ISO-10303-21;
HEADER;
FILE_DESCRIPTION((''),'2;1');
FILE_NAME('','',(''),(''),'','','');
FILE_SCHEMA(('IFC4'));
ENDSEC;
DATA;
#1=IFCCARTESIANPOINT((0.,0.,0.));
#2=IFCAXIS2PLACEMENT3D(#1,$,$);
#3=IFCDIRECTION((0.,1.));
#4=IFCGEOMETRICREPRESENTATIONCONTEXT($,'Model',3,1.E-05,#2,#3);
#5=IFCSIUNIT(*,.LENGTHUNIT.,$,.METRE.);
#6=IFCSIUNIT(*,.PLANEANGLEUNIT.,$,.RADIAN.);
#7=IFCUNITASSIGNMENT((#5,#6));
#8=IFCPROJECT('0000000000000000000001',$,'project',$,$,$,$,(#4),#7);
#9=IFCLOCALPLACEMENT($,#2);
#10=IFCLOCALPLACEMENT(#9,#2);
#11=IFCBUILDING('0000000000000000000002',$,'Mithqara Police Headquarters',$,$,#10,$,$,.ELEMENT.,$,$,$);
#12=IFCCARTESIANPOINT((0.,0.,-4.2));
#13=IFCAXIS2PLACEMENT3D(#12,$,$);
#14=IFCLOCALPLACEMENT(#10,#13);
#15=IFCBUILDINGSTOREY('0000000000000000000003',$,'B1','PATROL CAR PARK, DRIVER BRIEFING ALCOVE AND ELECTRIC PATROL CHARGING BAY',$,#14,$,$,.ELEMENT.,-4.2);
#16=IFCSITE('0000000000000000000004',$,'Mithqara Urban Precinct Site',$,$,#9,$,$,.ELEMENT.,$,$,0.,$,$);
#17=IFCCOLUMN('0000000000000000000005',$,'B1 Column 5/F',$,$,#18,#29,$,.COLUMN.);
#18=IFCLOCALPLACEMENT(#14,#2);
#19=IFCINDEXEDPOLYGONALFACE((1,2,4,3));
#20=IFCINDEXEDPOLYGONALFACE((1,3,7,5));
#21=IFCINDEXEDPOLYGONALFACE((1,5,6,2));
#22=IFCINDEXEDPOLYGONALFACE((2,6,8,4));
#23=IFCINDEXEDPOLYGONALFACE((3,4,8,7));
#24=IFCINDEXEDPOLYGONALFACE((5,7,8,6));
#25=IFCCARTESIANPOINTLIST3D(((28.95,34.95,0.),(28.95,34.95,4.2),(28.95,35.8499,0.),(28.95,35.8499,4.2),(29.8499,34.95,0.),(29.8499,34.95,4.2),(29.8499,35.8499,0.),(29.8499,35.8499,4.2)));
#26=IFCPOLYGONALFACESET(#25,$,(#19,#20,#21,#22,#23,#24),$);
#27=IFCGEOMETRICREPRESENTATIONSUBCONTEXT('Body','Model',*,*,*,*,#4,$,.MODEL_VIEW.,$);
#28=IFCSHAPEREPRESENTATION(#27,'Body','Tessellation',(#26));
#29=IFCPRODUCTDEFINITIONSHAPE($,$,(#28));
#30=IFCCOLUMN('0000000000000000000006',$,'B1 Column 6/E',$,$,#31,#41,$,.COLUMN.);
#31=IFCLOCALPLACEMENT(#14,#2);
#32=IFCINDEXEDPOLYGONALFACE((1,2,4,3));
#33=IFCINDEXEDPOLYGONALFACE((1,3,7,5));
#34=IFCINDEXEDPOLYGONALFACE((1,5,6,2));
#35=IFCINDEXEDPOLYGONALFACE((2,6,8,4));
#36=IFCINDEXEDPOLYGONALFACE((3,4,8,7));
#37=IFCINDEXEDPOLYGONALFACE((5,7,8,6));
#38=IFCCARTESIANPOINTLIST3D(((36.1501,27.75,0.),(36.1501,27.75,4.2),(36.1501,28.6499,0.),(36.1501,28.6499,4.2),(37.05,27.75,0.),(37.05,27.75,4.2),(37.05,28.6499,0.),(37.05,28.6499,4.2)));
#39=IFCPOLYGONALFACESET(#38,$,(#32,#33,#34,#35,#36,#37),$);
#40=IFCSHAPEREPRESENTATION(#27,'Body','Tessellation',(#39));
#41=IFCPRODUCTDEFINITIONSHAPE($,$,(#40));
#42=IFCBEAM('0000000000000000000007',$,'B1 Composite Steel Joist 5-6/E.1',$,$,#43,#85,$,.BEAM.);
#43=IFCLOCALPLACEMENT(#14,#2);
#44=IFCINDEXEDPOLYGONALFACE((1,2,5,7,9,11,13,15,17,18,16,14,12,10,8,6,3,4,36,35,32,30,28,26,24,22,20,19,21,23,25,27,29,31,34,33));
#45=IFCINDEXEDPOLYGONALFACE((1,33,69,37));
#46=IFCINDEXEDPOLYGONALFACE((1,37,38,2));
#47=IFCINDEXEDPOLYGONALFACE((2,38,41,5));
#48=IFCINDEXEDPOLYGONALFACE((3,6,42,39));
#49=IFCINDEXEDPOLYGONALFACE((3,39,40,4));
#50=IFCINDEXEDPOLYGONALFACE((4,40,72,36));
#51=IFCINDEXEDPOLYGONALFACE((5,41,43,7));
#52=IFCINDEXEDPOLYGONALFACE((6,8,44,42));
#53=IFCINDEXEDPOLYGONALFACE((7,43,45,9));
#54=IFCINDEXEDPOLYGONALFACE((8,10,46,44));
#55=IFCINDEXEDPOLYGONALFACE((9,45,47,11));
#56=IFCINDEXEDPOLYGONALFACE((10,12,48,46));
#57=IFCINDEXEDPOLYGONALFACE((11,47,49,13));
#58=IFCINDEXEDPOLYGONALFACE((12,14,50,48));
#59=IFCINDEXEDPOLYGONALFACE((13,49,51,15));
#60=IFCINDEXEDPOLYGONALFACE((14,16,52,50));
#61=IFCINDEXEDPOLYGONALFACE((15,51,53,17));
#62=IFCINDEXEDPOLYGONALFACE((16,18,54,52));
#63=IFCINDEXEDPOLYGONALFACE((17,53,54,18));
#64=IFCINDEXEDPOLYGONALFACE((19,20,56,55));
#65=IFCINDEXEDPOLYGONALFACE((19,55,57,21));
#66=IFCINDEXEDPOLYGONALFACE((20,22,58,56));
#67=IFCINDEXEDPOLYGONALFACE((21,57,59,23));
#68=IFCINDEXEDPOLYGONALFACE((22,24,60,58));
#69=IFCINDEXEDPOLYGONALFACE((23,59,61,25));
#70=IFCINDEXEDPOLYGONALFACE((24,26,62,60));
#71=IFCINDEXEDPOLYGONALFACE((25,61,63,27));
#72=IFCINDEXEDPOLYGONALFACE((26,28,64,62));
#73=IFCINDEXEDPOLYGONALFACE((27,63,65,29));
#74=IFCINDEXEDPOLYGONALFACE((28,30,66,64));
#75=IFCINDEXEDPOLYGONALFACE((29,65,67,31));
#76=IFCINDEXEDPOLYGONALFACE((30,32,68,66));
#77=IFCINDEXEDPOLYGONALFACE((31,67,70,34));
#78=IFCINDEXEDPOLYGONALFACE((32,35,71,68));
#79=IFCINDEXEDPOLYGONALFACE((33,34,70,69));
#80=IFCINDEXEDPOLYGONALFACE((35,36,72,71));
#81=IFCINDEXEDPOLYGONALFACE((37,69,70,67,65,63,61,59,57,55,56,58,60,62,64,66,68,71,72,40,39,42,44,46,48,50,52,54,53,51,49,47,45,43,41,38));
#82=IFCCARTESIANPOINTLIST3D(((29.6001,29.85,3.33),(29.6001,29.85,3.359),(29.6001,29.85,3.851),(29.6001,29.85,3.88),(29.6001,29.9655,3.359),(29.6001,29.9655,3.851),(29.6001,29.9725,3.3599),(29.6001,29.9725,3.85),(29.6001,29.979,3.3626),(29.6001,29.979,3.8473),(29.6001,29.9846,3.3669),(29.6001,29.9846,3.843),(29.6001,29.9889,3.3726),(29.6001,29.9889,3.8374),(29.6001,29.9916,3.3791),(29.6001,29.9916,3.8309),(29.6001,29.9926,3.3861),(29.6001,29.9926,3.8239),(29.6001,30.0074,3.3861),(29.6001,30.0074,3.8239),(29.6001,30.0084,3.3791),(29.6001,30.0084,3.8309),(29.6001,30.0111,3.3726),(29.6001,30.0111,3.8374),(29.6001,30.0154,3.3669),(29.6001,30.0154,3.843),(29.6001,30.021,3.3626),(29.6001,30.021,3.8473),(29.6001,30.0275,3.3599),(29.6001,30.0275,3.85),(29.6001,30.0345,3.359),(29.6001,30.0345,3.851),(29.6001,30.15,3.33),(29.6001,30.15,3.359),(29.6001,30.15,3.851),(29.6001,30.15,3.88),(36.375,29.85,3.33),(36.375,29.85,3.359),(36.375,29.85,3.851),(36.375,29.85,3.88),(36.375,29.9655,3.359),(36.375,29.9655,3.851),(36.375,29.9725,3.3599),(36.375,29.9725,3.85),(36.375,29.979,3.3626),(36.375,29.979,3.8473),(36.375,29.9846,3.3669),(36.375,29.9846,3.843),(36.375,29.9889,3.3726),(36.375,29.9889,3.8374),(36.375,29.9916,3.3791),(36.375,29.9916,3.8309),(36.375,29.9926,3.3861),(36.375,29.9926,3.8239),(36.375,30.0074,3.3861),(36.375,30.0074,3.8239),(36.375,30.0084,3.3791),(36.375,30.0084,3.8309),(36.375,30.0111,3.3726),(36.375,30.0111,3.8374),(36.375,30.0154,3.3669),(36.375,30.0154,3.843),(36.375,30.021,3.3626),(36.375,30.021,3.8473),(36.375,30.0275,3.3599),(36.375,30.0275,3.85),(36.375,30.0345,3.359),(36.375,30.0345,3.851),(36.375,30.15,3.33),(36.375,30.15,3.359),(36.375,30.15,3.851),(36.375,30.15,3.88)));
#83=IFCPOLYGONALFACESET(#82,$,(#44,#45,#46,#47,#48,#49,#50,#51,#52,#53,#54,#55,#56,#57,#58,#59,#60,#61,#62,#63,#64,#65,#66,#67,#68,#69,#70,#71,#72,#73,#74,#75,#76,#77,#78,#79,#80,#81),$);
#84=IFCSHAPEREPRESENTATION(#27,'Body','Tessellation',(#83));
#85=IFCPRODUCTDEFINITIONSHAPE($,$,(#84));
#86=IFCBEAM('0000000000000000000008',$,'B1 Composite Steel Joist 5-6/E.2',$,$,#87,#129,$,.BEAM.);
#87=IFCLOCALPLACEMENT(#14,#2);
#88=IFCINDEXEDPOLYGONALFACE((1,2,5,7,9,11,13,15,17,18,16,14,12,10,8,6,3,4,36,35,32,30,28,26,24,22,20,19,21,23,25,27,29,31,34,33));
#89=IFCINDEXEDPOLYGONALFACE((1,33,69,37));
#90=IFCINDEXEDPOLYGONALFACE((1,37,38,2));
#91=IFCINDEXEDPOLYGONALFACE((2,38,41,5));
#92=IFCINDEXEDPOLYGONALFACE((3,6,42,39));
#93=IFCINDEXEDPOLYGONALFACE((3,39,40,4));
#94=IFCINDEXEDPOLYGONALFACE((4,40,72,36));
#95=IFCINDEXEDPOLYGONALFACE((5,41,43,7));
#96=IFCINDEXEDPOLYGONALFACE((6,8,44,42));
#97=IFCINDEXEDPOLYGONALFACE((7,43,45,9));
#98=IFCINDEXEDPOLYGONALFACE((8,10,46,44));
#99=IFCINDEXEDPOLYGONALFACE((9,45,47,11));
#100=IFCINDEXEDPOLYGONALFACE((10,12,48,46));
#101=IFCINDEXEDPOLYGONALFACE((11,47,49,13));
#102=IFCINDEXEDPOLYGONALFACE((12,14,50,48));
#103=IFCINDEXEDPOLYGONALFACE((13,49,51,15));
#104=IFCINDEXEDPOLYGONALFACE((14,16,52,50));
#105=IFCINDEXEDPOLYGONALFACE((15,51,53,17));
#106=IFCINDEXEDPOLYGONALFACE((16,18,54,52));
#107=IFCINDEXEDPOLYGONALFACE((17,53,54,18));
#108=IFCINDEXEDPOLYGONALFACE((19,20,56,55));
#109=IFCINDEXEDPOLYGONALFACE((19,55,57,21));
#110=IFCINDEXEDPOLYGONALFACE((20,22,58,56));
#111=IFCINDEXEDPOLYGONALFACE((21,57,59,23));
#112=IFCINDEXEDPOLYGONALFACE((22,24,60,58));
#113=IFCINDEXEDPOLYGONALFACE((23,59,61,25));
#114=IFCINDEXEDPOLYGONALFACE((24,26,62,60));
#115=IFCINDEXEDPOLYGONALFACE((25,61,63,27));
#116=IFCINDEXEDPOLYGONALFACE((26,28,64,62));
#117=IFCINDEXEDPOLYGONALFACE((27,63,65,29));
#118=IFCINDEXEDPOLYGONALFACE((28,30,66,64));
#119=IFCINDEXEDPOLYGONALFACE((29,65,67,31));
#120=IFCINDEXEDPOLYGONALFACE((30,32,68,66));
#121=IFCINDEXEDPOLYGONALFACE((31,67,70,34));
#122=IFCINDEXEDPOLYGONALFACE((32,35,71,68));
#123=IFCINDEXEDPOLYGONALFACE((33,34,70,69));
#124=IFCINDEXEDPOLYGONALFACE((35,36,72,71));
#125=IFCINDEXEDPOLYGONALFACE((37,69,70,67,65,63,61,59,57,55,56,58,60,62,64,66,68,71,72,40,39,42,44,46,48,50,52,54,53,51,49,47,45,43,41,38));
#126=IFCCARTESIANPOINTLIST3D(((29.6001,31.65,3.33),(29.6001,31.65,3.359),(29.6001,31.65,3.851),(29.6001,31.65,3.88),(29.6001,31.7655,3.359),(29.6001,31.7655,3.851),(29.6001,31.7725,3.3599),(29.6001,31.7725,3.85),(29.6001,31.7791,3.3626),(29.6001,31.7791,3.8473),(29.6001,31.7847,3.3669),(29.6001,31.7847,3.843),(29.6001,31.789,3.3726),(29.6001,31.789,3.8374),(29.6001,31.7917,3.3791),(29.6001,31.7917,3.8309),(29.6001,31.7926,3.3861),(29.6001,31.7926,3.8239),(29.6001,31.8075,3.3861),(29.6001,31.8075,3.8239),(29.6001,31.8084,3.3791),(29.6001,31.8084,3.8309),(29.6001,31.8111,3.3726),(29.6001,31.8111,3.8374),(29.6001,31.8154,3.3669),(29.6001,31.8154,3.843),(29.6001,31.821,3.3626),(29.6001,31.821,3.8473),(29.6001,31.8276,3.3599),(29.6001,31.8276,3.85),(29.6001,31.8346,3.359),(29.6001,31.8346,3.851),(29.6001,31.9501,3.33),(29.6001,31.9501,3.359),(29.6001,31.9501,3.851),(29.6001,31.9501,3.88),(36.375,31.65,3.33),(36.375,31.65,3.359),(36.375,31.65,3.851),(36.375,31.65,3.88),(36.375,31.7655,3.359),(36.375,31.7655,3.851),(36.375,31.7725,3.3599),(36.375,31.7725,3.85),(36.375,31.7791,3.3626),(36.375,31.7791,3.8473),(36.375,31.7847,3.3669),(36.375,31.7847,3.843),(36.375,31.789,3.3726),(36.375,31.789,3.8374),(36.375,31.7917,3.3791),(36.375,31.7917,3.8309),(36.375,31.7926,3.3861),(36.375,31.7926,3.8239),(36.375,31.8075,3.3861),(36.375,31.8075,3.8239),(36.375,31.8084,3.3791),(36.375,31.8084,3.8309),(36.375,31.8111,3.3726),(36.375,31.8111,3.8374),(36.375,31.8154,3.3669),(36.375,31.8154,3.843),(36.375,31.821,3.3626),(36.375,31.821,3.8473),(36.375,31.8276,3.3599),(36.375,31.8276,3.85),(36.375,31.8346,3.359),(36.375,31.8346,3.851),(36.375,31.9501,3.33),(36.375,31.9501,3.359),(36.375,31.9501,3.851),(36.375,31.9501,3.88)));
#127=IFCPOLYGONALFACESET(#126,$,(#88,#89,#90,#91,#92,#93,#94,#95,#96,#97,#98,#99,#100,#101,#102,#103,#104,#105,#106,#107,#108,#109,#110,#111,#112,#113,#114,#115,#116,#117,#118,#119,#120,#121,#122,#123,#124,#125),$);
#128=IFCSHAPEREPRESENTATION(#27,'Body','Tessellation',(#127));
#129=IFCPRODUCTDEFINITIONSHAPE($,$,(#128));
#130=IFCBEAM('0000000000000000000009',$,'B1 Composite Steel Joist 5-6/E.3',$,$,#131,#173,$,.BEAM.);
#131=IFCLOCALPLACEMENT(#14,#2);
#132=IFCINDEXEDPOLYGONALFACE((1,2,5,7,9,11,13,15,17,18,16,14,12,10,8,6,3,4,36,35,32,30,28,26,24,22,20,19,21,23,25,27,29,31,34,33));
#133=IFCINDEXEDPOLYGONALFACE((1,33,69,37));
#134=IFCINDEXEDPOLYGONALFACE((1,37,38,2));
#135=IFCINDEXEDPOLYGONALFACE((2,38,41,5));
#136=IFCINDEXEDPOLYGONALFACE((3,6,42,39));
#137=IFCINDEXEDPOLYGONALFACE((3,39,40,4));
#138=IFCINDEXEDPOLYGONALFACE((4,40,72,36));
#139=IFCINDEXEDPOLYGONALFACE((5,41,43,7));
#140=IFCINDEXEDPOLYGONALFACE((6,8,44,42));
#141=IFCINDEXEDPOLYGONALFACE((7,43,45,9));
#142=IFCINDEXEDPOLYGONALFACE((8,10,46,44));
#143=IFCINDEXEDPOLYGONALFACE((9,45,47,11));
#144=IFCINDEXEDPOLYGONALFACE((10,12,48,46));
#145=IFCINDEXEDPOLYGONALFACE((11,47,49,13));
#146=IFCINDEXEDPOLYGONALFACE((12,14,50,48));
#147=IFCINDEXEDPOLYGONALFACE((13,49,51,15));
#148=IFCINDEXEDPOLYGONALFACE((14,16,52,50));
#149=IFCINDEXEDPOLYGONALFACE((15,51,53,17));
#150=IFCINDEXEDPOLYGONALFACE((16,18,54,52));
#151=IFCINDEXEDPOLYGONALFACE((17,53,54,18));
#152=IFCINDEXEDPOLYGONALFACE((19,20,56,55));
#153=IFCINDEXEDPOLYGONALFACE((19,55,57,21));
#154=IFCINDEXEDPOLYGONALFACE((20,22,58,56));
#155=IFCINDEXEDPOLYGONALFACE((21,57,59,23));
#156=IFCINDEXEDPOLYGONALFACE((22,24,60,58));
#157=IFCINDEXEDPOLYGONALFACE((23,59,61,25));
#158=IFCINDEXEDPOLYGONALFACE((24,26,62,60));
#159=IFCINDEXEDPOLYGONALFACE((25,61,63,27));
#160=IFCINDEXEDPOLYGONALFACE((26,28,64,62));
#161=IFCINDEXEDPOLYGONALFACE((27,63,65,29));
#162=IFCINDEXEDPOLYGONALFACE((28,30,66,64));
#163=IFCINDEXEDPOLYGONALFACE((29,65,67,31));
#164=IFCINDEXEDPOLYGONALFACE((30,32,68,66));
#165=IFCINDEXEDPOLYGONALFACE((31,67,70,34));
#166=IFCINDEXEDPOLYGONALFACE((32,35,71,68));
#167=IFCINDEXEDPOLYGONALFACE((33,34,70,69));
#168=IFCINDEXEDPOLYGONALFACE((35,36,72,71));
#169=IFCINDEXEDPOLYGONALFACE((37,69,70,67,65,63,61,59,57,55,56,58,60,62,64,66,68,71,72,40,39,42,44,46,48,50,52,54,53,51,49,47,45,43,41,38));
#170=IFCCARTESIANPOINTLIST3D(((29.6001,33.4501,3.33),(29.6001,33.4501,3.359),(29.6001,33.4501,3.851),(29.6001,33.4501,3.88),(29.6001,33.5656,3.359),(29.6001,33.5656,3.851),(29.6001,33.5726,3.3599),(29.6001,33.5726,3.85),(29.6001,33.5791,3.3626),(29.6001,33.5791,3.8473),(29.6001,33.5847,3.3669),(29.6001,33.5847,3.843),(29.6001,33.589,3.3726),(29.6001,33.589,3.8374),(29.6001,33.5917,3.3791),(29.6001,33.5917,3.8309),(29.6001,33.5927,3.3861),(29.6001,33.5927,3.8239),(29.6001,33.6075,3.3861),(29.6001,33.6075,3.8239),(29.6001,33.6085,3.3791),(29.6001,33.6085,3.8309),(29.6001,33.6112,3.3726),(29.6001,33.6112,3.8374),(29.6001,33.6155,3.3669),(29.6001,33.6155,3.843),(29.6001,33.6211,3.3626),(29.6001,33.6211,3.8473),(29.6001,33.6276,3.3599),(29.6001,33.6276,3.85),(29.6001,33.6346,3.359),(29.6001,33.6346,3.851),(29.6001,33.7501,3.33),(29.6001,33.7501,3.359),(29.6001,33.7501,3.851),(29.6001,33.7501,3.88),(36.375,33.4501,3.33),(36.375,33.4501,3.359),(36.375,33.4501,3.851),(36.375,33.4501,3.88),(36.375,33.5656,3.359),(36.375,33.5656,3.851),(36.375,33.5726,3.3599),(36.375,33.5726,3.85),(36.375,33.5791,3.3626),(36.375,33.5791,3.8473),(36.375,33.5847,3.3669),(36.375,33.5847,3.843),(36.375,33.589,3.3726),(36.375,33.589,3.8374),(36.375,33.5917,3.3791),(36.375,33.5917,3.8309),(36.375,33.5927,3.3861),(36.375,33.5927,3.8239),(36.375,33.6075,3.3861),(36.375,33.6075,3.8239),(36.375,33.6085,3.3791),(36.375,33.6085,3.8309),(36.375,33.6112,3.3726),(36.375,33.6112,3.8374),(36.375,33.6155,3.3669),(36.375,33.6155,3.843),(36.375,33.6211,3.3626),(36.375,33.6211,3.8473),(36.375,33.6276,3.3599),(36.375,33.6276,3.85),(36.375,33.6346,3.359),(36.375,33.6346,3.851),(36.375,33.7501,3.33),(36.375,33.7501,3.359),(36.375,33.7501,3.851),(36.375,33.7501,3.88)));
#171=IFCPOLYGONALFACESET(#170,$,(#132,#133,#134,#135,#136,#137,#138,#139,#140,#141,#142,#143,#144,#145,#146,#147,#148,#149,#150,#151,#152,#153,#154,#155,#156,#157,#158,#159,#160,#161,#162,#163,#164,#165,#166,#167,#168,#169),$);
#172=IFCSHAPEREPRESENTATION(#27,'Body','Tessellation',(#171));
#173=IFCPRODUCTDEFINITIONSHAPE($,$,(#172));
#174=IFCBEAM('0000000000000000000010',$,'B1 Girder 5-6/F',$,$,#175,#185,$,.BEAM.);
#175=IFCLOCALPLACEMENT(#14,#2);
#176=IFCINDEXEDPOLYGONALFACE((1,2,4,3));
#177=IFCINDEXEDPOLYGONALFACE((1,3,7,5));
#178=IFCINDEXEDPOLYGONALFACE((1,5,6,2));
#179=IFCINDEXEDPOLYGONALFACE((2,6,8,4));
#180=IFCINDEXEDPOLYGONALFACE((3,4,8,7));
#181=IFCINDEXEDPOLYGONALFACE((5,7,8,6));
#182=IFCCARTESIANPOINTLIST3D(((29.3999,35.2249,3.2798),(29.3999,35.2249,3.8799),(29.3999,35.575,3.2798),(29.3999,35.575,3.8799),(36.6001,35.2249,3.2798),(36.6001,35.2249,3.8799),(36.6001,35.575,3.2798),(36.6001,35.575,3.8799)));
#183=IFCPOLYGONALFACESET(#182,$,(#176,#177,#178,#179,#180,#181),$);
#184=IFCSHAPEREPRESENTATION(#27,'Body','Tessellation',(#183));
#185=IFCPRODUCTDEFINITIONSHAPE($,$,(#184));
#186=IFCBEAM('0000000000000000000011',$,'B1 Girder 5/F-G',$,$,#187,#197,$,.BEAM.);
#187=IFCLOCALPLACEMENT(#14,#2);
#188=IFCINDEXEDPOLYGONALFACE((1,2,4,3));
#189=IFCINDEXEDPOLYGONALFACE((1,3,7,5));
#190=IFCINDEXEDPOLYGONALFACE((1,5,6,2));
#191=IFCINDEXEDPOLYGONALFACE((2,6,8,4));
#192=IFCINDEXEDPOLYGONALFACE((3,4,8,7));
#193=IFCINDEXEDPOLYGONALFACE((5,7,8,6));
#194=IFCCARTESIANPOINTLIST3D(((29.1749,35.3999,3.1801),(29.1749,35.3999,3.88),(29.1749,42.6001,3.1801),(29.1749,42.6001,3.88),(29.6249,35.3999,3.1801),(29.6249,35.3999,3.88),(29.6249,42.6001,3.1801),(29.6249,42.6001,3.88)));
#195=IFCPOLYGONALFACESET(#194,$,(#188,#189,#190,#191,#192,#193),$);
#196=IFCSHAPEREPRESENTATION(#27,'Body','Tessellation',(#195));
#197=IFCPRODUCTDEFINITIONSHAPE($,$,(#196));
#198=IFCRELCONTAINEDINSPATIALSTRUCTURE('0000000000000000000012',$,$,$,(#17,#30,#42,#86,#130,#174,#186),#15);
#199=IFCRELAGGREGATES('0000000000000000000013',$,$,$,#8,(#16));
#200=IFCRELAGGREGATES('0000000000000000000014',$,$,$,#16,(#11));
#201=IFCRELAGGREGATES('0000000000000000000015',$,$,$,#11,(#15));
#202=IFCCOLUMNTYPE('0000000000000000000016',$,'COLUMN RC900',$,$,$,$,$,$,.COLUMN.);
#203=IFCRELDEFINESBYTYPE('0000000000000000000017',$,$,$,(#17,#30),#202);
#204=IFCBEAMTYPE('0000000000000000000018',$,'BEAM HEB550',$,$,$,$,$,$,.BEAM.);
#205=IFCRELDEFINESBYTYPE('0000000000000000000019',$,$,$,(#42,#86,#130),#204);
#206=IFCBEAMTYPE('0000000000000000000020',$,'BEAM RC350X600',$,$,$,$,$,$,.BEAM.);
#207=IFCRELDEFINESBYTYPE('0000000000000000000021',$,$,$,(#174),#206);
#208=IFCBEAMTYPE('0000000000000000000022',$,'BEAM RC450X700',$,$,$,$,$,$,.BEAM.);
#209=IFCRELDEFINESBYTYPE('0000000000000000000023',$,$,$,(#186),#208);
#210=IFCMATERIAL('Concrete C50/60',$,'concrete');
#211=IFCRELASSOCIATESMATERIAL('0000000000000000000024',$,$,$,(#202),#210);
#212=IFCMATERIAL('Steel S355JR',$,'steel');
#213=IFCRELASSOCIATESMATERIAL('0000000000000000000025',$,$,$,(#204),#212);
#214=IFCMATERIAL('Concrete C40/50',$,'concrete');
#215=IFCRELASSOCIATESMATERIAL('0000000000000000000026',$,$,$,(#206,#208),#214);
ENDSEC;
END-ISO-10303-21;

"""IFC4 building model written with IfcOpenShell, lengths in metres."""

from ifc_helpers import new_model, si_unit, direction, frame, origin, origin_2d, place, context, subcontext, project, spatial, rectangle, i_section, extrude, material, material_profile, profile_set, type_object, element, save


model = new_model("IFC4")

# Units and contexts
model_context = context("Model", 3, precision=1e-05, world=origin(), true_north=direction((0.0, 1.0)))
body_context = subcontext(model_context, "Body", "Model", "MODEL_VIEW")
ifc_project = project(units=[si_unit("LENGTHUNIT", "METRE"), si_unit("PLANEANGLEUNIT", "RADIAN")], contexts=[model_context])

# Site, building, storey
site_placement = place(None, origin())
site = spatial("IfcSite", under=ifc_project, at=site_placement, Name="Mithqara Urban Precinct Site", CompositionType="ELEMENT", RefElevation=0.0)
building_placement = place(site_placement, origin())
building = spatial("IfcBuilding", under=site, at=building_placement, Name="Mithqara Police Headquarters", CompositionType="ELEMENT")
storey_placement = place(building_placement, frame((0.0, 0.0, -4.2)))
storey = spatial("IfcBuildingStorey", under=building, at=storey_placement, Name="B1", Description="PATROL CAR PARK, DRIVER BRIEFING ALCOVE AND ELECTRIC PATROL CHARGING BAY", CompositionType="ELEMENT", Elevation=-4.2)

# Shared definitions
ifc_material_1 = material(Name="Concrete C40/50", Category="concrete")

# Columns
ifc_material_2 = material(Name="Concrete C50/60", Category="concrete")
ifc_material_profile_1 = material_profile(ifc_material_2, rectangle(XDim=0.8999, YDim=0.8999, at=origin_2d()), Name="RC 900x900")
ifc_profile_set_1 = profile_set([ifc_material_profile_1], Name="Concrete C50/60")
column_type_1 = type_object("IfcColumnType", Name="COLUMN RC900", PredefinedType="COLUMN", material=ifc_profile_set_1)
for number, where, z_axis, x_axis, name in (
    (1, (29.3999, 35.3999, 0.0), (0.0, 0.0, 1.0), (1.0, 0.0, 0.0), "B1 Column 5/F"),
    (2, (36.6001, 28.2, 0.0), (0.0, 0.0, 1.0), (1.0, 0.0, 0.0), "B1 Column 6/E"),
):
    element("IfcColumn", number, at=place(storey_placement, frame(where, z_axis=z_axis, x_axis=x_axis)), inside=storey, type_object=column_type_1, Name=name, PredefinedType="COLUMN", context=body_context, shape_type="SweptSolid", body=[
        extrude(rectangle(XDim=0.8999, YDim=0.8999, at=origin_2d()), origin(), (0.0, 0.0, 1.0), 4.2),
    ])

# Beams
ifc_material_3 = material(Name="Steel S355JR", Category="steel")
ifc_material_profile_2 = material_profile(ifc_material_3, i_section(OverallWidth=0.3, OverallDepth=0.55, WebThickness=0.0149, FlangeThickness=0.0291, FilletRadius=0.0271, at=origin_2d()), Name="HEB 550")
ifc_profile_set_2 = profile_set([ifc_material_profile_2], Name="Steel S355JR")
beam_type_1 = type_object("IfcBeamType", Name="BEAM HEB550", PredefinedType="BEAM", material=ifc_profile_set_2)
for number, where, z_axis, x_axis, name in (
    (3, (29.6001, 30.0, 3.605), (1.0, 0.0, 0.0), (0.0, 1.0, 0.0), "B1 Composite Steel Joist 5-6/E.1"),
    (4, (29.6001, 31.8, 3.605), (1.0, 0.0, 0.0), (0.0, 1.0, 0.0), "B1 Composite Steel Joist 5-6/E.2"),
    (5, (29.6001, 33.6001, 3.605), (1.0, 0.0, 0.0), (0.0, 1.0, 0.0), "B1 Composite Steel Joist 5-6/E.3"),
):
    element("IfcBeam", number, at=place(storey_placement, frame(where, z_axis=z_axis, x_axis=x_axis)), inside=storey, type_object=beam_type_1, Name=name, PredefinedType="BEAM", context=body_context, shape_type="SweptSolid", body=[
        extrude(i_section(OverallWidth=0.3, OverallDepth=0.55, WebThickness=0.0149, FlangeThickness=0.0291, FilletRadius=0.0271, at=origin_2d()), origin(), (0.0, 0.0, 1.0), 6.7749),
    ])
ifc_material_profile_3 = material_profile(ifc_material_1, rectangle(XDim=0.3501, YDim=0.6001, at=origin_2d()), Name="RC 350x600")
ifc_profile_set_3 = profile_set([ifc_material_profile_3], Name="Concrete C40/50")
beam_type_2 = type_object("IfcBeamType", Name="BEAM RC350X600", PredefinedType="BEAM", material=ifc_profile_set_3)
beam_1_placement = place(storey_placement, frame((29.3999, 35.3999, 3.5798), z_axis=(1.0, 0.0, 0.0), x_axis=(0.0, 1.0, 0.0)))
element("IfcBeam", 6, at=beam_1_placement, inside=storey, type_object=beam_type_2, Name="B1 Girder 5-6/F", PredefinedType="BEAM", context=body_context, shape_type="SweptSolid", body=[
    extrude(rectangle(XDim=0.3501, YDim=0.6001, at=origin_2d()), origin(), (0.0, 0.0, 1.0), 7.2002),
])
ifc_material_profile_4 = material_profile(ifc_material_1, rectangle(XDim=0.45, YDim=0.7, at=origin_2d()), Name="RC 450x700")
ifc_profile_set_4 = profile_set([ifc_material_profile_4], Name="Concrete C40/50")
beam_type_3 = type_object("IfcBeamType", Name="BEAM RC450X700", PredefinedType="BEAM", material=ifc_profile_set_4)
beam_2_placement = place(storey_placement, frame((29.3999, 35.3999, 3.53), z_axis=(0.0, 1.0, 0.0), x_axis=(-1.0, 0.0, 0.0)))
element("IfcBeam", 7, at=beam_2_placement, inside=storey, type_object=beam_type_3, Name="B1 Girder 5/F-G", PredefinedType="BEAM", context=body_context, shape_type="SweptSolid", body=[
    extrude(rectangle(XDim=0.45, YDim=0.7, at=origin_2d()), origin(), (0.0, 0.0, 1.0), 7.2002),
])

save(model, "model.ifc")
